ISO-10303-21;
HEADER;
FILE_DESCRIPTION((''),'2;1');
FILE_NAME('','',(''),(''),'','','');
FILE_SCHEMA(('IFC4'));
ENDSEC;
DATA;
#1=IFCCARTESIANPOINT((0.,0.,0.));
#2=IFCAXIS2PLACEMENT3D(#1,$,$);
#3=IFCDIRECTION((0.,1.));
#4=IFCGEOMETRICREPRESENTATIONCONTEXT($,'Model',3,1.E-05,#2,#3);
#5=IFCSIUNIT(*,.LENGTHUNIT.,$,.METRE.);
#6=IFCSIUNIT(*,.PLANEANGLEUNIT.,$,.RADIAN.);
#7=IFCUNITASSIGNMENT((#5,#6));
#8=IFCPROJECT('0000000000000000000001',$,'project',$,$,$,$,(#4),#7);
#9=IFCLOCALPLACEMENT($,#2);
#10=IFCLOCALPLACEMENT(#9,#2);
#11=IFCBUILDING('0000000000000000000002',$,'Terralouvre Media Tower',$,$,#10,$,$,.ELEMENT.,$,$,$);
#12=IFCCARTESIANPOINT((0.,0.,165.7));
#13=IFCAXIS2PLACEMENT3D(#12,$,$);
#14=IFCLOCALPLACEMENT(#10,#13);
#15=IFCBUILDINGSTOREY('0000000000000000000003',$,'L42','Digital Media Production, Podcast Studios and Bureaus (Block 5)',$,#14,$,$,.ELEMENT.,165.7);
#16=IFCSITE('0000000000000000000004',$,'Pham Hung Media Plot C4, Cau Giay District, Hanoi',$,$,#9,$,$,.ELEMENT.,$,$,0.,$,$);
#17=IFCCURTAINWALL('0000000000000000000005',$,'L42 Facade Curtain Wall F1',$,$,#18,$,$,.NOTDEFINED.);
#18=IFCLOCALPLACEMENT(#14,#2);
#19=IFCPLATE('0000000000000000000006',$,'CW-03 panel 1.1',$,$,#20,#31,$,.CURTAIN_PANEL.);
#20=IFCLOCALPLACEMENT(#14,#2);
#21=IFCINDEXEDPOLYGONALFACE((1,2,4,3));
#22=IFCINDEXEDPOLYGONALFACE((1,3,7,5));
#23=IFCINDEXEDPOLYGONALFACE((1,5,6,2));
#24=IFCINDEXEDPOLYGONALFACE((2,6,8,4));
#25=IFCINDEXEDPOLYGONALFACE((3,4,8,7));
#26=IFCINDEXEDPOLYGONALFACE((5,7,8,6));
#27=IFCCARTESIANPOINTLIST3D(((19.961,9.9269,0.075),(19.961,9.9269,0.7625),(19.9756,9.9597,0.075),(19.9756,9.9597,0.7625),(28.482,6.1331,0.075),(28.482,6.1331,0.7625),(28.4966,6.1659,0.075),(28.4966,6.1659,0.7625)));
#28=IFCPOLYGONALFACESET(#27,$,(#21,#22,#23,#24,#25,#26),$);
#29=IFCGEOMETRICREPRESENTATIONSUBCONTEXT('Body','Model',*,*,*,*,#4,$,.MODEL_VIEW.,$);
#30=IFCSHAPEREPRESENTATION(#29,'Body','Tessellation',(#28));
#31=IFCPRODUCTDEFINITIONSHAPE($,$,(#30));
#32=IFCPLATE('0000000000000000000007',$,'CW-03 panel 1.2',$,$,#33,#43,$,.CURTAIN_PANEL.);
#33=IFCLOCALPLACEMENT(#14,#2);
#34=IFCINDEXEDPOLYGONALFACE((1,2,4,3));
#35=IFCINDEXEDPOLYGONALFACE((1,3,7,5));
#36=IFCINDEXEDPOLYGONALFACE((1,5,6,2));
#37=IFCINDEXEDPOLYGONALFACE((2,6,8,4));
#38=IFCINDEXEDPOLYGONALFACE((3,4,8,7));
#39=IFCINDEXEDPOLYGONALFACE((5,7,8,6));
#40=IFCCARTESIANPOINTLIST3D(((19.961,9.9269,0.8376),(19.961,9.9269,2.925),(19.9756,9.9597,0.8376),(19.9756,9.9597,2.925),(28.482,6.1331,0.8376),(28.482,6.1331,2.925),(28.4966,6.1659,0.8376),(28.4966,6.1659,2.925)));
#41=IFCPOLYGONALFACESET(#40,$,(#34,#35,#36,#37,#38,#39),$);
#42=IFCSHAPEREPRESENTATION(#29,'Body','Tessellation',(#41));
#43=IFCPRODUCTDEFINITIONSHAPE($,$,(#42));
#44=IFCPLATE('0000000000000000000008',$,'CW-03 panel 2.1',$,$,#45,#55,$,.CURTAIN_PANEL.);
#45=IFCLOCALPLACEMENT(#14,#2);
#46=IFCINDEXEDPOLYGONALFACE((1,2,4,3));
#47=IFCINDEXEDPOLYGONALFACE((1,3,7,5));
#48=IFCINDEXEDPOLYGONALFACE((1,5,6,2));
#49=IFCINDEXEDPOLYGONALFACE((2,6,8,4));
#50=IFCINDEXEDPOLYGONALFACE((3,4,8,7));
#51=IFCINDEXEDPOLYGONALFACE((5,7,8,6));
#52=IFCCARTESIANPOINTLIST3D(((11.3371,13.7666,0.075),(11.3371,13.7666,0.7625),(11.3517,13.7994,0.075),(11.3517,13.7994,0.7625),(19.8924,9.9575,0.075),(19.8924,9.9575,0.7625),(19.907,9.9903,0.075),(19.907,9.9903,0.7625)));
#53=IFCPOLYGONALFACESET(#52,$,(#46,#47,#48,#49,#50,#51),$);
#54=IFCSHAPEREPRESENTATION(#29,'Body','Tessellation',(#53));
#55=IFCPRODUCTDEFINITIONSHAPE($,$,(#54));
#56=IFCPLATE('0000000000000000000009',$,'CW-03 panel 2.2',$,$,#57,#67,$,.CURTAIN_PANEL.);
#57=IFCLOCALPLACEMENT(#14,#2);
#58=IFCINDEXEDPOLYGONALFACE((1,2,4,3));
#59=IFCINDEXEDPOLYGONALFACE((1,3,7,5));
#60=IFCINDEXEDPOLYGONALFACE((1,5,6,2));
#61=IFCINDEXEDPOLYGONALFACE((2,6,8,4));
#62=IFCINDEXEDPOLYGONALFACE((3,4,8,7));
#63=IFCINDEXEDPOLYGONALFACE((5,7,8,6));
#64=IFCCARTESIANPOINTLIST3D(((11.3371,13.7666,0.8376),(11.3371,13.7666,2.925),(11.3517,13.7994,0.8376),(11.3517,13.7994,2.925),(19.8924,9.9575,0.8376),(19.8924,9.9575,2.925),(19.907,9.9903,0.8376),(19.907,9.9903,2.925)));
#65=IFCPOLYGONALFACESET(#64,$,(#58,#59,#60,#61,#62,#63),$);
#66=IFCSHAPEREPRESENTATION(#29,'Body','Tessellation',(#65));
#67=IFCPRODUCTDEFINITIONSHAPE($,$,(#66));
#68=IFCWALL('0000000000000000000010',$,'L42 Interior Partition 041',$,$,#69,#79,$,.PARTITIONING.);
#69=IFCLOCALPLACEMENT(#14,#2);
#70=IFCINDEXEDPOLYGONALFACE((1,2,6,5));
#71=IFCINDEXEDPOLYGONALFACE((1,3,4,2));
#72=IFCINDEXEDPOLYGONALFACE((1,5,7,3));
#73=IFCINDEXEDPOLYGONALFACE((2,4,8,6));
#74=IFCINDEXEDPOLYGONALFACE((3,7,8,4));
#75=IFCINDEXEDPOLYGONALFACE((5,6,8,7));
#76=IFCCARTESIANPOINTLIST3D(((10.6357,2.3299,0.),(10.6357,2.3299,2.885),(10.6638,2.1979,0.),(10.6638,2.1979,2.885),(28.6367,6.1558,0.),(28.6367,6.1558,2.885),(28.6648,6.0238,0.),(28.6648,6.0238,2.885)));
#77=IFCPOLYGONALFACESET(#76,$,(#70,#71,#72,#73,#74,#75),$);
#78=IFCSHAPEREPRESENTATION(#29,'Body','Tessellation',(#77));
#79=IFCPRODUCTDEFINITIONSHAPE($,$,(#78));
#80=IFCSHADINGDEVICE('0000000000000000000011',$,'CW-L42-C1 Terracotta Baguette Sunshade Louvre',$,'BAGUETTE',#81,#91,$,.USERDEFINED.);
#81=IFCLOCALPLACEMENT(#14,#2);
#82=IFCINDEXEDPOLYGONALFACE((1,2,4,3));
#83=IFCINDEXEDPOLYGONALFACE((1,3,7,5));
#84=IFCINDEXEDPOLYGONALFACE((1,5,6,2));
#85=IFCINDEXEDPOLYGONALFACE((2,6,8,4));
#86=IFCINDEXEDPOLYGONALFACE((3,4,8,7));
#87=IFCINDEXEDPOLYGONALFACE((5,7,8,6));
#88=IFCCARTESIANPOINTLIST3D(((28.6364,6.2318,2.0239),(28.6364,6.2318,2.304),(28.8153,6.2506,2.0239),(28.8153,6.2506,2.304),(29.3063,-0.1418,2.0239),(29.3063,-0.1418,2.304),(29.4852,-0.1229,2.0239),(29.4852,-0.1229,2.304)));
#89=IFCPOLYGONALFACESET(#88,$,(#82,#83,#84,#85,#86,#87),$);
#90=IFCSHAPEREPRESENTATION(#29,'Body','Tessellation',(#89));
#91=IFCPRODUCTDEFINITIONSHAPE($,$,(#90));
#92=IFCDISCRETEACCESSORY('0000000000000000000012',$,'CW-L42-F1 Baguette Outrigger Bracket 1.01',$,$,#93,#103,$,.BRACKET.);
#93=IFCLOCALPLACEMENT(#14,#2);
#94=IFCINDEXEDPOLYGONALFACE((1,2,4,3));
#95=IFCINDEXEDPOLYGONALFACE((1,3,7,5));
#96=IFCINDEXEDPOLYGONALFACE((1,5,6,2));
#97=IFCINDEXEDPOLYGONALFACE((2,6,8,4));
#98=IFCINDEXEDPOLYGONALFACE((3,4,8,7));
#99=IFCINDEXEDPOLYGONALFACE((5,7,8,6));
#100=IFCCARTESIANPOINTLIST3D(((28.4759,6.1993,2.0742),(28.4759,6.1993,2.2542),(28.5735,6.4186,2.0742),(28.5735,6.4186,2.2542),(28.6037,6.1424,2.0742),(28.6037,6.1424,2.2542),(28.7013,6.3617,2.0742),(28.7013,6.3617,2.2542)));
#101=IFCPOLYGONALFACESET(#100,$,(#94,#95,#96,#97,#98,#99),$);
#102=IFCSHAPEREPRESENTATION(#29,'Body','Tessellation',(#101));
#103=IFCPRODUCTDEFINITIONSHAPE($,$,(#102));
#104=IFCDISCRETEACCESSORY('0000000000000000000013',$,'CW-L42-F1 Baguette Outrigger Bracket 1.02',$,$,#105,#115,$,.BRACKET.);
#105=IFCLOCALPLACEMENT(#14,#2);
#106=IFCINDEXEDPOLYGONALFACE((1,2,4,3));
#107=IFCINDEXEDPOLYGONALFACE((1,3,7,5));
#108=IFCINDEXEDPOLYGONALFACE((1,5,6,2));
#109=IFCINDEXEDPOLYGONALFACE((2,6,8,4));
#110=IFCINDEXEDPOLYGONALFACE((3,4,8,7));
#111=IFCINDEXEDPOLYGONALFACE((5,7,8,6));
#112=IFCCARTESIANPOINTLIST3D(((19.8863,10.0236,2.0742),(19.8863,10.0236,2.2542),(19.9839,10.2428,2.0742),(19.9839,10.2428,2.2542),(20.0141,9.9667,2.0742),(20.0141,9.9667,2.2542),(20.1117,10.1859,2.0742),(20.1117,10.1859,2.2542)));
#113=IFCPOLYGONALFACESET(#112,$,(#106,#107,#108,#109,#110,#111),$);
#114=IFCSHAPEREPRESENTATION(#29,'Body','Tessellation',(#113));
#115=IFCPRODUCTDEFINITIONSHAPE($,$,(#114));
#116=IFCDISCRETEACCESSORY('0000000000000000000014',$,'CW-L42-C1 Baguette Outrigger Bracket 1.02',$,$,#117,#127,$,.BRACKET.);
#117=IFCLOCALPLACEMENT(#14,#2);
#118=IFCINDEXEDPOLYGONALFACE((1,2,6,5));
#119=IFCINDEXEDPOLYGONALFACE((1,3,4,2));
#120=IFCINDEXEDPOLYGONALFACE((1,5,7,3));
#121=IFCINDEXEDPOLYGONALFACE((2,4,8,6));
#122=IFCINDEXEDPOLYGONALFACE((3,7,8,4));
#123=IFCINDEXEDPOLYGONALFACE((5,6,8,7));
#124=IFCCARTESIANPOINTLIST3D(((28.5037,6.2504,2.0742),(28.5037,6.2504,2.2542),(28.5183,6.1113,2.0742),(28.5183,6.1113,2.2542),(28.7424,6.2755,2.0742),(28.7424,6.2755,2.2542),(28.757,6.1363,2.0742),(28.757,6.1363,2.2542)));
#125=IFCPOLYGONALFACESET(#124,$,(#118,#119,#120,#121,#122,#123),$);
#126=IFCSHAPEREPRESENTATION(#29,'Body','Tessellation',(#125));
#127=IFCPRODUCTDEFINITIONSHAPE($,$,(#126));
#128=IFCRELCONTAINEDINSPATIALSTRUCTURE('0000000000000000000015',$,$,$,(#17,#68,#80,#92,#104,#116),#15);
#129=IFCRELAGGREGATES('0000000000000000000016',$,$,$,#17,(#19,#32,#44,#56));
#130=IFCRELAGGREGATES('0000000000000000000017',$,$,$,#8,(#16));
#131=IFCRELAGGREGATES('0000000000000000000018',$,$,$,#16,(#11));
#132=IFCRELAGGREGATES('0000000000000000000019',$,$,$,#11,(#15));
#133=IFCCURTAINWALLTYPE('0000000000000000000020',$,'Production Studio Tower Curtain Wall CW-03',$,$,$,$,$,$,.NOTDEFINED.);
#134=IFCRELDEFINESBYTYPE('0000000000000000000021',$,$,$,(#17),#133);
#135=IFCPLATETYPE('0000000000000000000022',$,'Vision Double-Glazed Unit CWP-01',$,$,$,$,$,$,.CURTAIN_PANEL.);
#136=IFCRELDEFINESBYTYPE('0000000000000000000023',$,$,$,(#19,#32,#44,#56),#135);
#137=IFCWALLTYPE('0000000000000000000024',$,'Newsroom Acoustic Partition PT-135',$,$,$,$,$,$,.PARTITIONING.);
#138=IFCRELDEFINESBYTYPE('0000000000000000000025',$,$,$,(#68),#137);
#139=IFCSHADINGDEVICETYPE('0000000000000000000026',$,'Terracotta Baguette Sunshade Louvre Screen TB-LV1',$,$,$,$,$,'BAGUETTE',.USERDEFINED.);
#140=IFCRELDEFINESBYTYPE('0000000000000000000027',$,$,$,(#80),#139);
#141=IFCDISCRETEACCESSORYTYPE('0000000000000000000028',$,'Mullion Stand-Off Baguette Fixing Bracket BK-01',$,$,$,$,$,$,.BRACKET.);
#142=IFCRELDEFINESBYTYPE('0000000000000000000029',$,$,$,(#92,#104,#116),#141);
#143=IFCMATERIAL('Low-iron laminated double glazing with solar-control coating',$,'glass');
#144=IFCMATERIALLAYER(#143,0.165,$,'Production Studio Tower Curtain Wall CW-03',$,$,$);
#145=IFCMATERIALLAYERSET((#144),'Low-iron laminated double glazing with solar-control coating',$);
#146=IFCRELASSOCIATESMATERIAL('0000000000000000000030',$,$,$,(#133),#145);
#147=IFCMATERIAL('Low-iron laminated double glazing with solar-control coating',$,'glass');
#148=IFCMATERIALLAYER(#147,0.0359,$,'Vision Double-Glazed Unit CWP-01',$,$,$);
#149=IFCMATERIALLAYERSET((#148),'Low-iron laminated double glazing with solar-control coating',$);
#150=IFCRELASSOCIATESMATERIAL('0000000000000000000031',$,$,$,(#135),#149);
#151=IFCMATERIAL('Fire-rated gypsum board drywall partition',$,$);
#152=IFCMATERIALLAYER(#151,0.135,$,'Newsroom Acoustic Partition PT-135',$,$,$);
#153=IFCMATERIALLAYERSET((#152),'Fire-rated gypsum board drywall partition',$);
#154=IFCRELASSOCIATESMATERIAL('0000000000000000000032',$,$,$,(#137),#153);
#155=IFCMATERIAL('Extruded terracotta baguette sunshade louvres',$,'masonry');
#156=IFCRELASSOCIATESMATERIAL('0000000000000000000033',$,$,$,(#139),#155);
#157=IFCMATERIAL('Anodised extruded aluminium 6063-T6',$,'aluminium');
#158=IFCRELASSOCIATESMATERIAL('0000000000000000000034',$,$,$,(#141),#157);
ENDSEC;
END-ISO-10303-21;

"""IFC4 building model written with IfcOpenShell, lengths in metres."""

from ifc_helpers import new_model, si_unit, direction, frame, frame_2d, origin, origin_2d, place, context, subcontext, project, spatial, rectangle, extrude, material, layer, layer_set, type_object, element, aggregate, save


model = new_model("IFC4")

# Units and contexts
model_context = context("Model", 3, precision=1e-05, world=origin(), true_north=direction((0.0, 1.0)))
body_context = subcontext(model_context, "Body", "Model", "MODEL_VIEW")
ifc_project = project(units=[si_unit("LENGTHUNIT", "METRE"), si_unit("PLANEANGLEUNIT", "RADIAN")], contexts=[model_context])

# Site, building, storey
site_placement = place(None, origin())
site = spatial("IfcSite", under=ifc_project, at=site_placement, Name="Pham Hung Media Plot C4, Cau Giay District, Hanoi", CompositionType="ELEMENT", RefElevation=0.0)
building_placement = place(site_placement, origin())
building = spatial("IfcBuilding", under=site, at=building_placement, Name="Terralouvre Media Tower", CompositionType="ELEMENT")
storey_placement = place(building_placement, frame((0.0, 0.0, 165.7)))
storey = spatial("IfcBuildingStorey", under=building, at=storey_placement, Name="L42", Description="Digital Media Production, Podcast Studios and Bureaus (Block 5)", CompositionType="ELEMENT", Elevation=165.7)

# Curtain wall
ifc_material_1 = material(Name="Low-iron laminated double glazing with solar-control coating", Category="glass")
ifc_layer_1 = layer(ifc_material_1, 0.165, Name="Production Studio Tower Curtain Wall CW-03")
ifc_layer_set_1 = layer_set([ifc_layer_1], Name="Low-iron laminated double glazing with solar-control coating")
curtain_wall_type_1 = type_object("IfcCurtainWallType", Name="Production Studio Tower Curtain Wall CW-03", PredefinedType="NOTDEFINED", material=ifc_layer_set_1)
curtain_wall_1_placement = place(storey_placement, origin())
curtain_wall_1 = element("IfcCurtainWall", 1, at=curtain_wall_1_placement, inside=storey, type_object=curtain_wall_type_1, Name="L42 Facade Curtain Wall F1", PredefinedType="NOTDEFINED")

# Plates
ifc_material_2 = material(Name="Low-iron laminated double glazing with solar-control coating", Category="glass")
ifc_layer_2 = layer(ifc_material_2, 0.0359, Name="Vision Double-Glazed Unit CWP-01")
ifc_layer_set_2 = layer_set([ifc_layer_2], Name="Low-iron laminated double glazing with solar-control coating")
plate_type_1 = type_object("IfcPlateType", Name="Vision Double-Glazed Unit CWP-01", PredefinedType="CURTAIN_PANEL", material=ifc_layer_set_2)
plate_1_placement = place(storey_placement, frame((24.2288, 8.0464, 0.075), z_axis=(0.0, 0.0, 1.0), x_axis=(-0.913545, 0.406737, 0.0)))
plate_1 = element("IfcPlate", 2, at=plate_1_placement, type_object=plate_type_1, Name="CW-03 panel 1.1", PredefinedType="CURTAIN_PANEL", context=body_context, shape_type="SweptSolid", body=[
    extrude(rectangle(XDim=9.3274, YDim=0.0359, at=origin_2d()), origin(), (0.0, 0.0, 1.0), 0.6875),
])
plate_2_placement = place(storey_placement, frame((24.2288, 8.0464, 0.8376), z_axis=(0.0, 0.0, 1.0), x_axis=(-0.913545, 0.406737, 0.0)))
plate_2 = element("IfcPlate", 3, at=plate_2_placement, type_object=plate_type_1, Name="CW-03 panel 1.2", PredefinedType="CURTAIN_PANEL", context=body_context, shape_type="SweptSolid", body=[
    extrude(rectangle(XDim=9.3274, YDim=0.0359, at=origin_2d()), origin(), (0.0, 0.0, 1.0), 2.0874),
])
plate_3_placement = place(storey_placement, frame((15.6221, 11.8784, 0.075), z_axis=(0.0, 0.0, 1.0), x_axis=(-0.913545, 0.406737, 0.0)))
plate_3 = element("IfcPlate", 4, at=plate_3_placement, type_object=plate_type_1, Name="CW-03 panel 2.1", PredefinedType="CURTAIN_PANEL", context=body_context, shape_type="SweptSolid", body=[
    extrude(rectangle(XDim=9.365, YDim=0.0359, at=origin_2d()), origin(), (0.0, 0.0, 1.0), 0.6875),
])
plate_4_placement = place(storey_placement, frame((15.6221, 11.8784, 0.8376), z_axis=(0.0, 0.0, 1.0), x_axis=(-0.913545, 0.406737, 0.0)))
plate_4 = element("IfcPlate", 5, at=plate_4_placement, type_object=plate_type_1, Name="CW-03 panel 2.2", PredefinedType="CURTAIN_PANEL", context=body_context, shape_type="SweptSolid", body=[
    extrude(rectangle(XDim=9.365, YDim=0.0359, at=origin_2d()), origin(), (0.0, 0.0, 1.0), 2.0874),
])
aggregate(curtain_wall_1, [plate_1, plate_2, plate_3, plate_4])

# Wall
ifc_material_3 = material(Name="Fire-rated gypsum board drywall partition")
ifc_layer_3 = layer(ifc_material_3, 0.135, Name="Newsroom Acoustic Partition PT-135")
ifc_layer_set_3 = layer_set([ifc_layer_3], Name="Fire-rated gypsum board drywall partition")
wall_type = type_object("IfcWallType", Name="Newsroom Acoustic Partition PT-135", PredefinedType="PARTITIONING", material=ifc_layer_set_3)
wall_placement = place(storey_placement, frame((28.6509, 6.0898, 0.0), z_axis=(0.0, 0.0, 1.0), x_axis=(-0.978151, -0.207896, 0.0)))
element("IfcWall", 6, at=wall_placement, inside=storey, type_object=wall_type, Name="L42 Interior Partition 041", PredefinedType="PARTITIONING", context=body_context, shape_type="SweptSolid", body=[
    extrude(rectangle(XDim=18.4031, YDim=0.135, at=frame_2d((9.2017, 0.0))), origin(), (0.0, 0.0, 1.0), 2.885),
])

# Shading device
ifc_material_4 = material(Name="Extruded terracotta baguette sunshade louvres", Category="masonry")
shading_device_type = type_object("IfcShadingDeviceType", Name="Terracotta Baguette Sunshade Louvre Screen TB-LV1", ElementType="BAGUETTE", PredefinedType="USERDEFINED", material=ifc_material_4)
shading_device_placement = place(storey_placement, frame((29.0608, 3.0544, 2.0239), z_axis=(0.0, 0.0, 1.0), x_axis=(-0.104529, 0.994522, 0.0)))
element("IfcShadingDevice", 7, at=shading_device_placement, inside=storey, type_object=shading_device_type, Name="CW-L42-C1 Terracotta Baguette Sunshade Louvre", ObjectType="BAGUETTE", PredefinedType="USERDEFINED", context=body_context, shape_type="SweptSolid", body=[
    extrude(rectangle(XDim=6.4087, YDim=0.1799, at=origin_2d()), origin(), (0.0, 0.0, 1.0), 0.28),
])

# Discrete accessories
ifc_material_5 = material(Name="Anodised extruded aluminium 6063-T6", Category="aluminium")
discrete_accessory_type = type_object("IfcDiscreteAccessoryType", Name="Mullion Stand-Off Baguette Fixing Bracket BK-01", PredefinedType="BRACKET", material=ifc_material_5)
for number, where, z_axis, x_axis, name in (
    (8, (28.5886, 6.2805, 2.0742), (0.0, 0.0, 1.0), (-0.913545, 0.406737, 0.0), "CW-L42-F1 Baguette Outrigger Bracket 1.01"),
    (9, (19.999, 10.1047, 2.0742), (0.0, 0.0, 1.0), (-0.913545, 0.406737, 0.0), "CW-L42-F1 Baguette Outrigger Bracket 1.02"),
    (10, (28.6304, 6.1934, 2.0742), (0.0, 0.0, 1.0), (-0.104529, 0.994522, 0.0), "CW-L42-C1 Baguette Outrigger Bracket 1.02"),
):
    element("IfcDiscreteAccessory", number, at=place(storey_placement, frame(where, z_axis=z_axis, x_axis=x_axis)), inside=storey, type_object=discrete_accessory_type, Name=name, PredefinedType="BRACKET", context=body_context, shape_type="SweptSolid", body=[
        extrude(rectangle(XDim=0.1399, YDim=0.24, at=origin_2d()), origin(), (0.0, 0.0, 1.0), 0.1799),
    ])

save(model, "model.ifc")
